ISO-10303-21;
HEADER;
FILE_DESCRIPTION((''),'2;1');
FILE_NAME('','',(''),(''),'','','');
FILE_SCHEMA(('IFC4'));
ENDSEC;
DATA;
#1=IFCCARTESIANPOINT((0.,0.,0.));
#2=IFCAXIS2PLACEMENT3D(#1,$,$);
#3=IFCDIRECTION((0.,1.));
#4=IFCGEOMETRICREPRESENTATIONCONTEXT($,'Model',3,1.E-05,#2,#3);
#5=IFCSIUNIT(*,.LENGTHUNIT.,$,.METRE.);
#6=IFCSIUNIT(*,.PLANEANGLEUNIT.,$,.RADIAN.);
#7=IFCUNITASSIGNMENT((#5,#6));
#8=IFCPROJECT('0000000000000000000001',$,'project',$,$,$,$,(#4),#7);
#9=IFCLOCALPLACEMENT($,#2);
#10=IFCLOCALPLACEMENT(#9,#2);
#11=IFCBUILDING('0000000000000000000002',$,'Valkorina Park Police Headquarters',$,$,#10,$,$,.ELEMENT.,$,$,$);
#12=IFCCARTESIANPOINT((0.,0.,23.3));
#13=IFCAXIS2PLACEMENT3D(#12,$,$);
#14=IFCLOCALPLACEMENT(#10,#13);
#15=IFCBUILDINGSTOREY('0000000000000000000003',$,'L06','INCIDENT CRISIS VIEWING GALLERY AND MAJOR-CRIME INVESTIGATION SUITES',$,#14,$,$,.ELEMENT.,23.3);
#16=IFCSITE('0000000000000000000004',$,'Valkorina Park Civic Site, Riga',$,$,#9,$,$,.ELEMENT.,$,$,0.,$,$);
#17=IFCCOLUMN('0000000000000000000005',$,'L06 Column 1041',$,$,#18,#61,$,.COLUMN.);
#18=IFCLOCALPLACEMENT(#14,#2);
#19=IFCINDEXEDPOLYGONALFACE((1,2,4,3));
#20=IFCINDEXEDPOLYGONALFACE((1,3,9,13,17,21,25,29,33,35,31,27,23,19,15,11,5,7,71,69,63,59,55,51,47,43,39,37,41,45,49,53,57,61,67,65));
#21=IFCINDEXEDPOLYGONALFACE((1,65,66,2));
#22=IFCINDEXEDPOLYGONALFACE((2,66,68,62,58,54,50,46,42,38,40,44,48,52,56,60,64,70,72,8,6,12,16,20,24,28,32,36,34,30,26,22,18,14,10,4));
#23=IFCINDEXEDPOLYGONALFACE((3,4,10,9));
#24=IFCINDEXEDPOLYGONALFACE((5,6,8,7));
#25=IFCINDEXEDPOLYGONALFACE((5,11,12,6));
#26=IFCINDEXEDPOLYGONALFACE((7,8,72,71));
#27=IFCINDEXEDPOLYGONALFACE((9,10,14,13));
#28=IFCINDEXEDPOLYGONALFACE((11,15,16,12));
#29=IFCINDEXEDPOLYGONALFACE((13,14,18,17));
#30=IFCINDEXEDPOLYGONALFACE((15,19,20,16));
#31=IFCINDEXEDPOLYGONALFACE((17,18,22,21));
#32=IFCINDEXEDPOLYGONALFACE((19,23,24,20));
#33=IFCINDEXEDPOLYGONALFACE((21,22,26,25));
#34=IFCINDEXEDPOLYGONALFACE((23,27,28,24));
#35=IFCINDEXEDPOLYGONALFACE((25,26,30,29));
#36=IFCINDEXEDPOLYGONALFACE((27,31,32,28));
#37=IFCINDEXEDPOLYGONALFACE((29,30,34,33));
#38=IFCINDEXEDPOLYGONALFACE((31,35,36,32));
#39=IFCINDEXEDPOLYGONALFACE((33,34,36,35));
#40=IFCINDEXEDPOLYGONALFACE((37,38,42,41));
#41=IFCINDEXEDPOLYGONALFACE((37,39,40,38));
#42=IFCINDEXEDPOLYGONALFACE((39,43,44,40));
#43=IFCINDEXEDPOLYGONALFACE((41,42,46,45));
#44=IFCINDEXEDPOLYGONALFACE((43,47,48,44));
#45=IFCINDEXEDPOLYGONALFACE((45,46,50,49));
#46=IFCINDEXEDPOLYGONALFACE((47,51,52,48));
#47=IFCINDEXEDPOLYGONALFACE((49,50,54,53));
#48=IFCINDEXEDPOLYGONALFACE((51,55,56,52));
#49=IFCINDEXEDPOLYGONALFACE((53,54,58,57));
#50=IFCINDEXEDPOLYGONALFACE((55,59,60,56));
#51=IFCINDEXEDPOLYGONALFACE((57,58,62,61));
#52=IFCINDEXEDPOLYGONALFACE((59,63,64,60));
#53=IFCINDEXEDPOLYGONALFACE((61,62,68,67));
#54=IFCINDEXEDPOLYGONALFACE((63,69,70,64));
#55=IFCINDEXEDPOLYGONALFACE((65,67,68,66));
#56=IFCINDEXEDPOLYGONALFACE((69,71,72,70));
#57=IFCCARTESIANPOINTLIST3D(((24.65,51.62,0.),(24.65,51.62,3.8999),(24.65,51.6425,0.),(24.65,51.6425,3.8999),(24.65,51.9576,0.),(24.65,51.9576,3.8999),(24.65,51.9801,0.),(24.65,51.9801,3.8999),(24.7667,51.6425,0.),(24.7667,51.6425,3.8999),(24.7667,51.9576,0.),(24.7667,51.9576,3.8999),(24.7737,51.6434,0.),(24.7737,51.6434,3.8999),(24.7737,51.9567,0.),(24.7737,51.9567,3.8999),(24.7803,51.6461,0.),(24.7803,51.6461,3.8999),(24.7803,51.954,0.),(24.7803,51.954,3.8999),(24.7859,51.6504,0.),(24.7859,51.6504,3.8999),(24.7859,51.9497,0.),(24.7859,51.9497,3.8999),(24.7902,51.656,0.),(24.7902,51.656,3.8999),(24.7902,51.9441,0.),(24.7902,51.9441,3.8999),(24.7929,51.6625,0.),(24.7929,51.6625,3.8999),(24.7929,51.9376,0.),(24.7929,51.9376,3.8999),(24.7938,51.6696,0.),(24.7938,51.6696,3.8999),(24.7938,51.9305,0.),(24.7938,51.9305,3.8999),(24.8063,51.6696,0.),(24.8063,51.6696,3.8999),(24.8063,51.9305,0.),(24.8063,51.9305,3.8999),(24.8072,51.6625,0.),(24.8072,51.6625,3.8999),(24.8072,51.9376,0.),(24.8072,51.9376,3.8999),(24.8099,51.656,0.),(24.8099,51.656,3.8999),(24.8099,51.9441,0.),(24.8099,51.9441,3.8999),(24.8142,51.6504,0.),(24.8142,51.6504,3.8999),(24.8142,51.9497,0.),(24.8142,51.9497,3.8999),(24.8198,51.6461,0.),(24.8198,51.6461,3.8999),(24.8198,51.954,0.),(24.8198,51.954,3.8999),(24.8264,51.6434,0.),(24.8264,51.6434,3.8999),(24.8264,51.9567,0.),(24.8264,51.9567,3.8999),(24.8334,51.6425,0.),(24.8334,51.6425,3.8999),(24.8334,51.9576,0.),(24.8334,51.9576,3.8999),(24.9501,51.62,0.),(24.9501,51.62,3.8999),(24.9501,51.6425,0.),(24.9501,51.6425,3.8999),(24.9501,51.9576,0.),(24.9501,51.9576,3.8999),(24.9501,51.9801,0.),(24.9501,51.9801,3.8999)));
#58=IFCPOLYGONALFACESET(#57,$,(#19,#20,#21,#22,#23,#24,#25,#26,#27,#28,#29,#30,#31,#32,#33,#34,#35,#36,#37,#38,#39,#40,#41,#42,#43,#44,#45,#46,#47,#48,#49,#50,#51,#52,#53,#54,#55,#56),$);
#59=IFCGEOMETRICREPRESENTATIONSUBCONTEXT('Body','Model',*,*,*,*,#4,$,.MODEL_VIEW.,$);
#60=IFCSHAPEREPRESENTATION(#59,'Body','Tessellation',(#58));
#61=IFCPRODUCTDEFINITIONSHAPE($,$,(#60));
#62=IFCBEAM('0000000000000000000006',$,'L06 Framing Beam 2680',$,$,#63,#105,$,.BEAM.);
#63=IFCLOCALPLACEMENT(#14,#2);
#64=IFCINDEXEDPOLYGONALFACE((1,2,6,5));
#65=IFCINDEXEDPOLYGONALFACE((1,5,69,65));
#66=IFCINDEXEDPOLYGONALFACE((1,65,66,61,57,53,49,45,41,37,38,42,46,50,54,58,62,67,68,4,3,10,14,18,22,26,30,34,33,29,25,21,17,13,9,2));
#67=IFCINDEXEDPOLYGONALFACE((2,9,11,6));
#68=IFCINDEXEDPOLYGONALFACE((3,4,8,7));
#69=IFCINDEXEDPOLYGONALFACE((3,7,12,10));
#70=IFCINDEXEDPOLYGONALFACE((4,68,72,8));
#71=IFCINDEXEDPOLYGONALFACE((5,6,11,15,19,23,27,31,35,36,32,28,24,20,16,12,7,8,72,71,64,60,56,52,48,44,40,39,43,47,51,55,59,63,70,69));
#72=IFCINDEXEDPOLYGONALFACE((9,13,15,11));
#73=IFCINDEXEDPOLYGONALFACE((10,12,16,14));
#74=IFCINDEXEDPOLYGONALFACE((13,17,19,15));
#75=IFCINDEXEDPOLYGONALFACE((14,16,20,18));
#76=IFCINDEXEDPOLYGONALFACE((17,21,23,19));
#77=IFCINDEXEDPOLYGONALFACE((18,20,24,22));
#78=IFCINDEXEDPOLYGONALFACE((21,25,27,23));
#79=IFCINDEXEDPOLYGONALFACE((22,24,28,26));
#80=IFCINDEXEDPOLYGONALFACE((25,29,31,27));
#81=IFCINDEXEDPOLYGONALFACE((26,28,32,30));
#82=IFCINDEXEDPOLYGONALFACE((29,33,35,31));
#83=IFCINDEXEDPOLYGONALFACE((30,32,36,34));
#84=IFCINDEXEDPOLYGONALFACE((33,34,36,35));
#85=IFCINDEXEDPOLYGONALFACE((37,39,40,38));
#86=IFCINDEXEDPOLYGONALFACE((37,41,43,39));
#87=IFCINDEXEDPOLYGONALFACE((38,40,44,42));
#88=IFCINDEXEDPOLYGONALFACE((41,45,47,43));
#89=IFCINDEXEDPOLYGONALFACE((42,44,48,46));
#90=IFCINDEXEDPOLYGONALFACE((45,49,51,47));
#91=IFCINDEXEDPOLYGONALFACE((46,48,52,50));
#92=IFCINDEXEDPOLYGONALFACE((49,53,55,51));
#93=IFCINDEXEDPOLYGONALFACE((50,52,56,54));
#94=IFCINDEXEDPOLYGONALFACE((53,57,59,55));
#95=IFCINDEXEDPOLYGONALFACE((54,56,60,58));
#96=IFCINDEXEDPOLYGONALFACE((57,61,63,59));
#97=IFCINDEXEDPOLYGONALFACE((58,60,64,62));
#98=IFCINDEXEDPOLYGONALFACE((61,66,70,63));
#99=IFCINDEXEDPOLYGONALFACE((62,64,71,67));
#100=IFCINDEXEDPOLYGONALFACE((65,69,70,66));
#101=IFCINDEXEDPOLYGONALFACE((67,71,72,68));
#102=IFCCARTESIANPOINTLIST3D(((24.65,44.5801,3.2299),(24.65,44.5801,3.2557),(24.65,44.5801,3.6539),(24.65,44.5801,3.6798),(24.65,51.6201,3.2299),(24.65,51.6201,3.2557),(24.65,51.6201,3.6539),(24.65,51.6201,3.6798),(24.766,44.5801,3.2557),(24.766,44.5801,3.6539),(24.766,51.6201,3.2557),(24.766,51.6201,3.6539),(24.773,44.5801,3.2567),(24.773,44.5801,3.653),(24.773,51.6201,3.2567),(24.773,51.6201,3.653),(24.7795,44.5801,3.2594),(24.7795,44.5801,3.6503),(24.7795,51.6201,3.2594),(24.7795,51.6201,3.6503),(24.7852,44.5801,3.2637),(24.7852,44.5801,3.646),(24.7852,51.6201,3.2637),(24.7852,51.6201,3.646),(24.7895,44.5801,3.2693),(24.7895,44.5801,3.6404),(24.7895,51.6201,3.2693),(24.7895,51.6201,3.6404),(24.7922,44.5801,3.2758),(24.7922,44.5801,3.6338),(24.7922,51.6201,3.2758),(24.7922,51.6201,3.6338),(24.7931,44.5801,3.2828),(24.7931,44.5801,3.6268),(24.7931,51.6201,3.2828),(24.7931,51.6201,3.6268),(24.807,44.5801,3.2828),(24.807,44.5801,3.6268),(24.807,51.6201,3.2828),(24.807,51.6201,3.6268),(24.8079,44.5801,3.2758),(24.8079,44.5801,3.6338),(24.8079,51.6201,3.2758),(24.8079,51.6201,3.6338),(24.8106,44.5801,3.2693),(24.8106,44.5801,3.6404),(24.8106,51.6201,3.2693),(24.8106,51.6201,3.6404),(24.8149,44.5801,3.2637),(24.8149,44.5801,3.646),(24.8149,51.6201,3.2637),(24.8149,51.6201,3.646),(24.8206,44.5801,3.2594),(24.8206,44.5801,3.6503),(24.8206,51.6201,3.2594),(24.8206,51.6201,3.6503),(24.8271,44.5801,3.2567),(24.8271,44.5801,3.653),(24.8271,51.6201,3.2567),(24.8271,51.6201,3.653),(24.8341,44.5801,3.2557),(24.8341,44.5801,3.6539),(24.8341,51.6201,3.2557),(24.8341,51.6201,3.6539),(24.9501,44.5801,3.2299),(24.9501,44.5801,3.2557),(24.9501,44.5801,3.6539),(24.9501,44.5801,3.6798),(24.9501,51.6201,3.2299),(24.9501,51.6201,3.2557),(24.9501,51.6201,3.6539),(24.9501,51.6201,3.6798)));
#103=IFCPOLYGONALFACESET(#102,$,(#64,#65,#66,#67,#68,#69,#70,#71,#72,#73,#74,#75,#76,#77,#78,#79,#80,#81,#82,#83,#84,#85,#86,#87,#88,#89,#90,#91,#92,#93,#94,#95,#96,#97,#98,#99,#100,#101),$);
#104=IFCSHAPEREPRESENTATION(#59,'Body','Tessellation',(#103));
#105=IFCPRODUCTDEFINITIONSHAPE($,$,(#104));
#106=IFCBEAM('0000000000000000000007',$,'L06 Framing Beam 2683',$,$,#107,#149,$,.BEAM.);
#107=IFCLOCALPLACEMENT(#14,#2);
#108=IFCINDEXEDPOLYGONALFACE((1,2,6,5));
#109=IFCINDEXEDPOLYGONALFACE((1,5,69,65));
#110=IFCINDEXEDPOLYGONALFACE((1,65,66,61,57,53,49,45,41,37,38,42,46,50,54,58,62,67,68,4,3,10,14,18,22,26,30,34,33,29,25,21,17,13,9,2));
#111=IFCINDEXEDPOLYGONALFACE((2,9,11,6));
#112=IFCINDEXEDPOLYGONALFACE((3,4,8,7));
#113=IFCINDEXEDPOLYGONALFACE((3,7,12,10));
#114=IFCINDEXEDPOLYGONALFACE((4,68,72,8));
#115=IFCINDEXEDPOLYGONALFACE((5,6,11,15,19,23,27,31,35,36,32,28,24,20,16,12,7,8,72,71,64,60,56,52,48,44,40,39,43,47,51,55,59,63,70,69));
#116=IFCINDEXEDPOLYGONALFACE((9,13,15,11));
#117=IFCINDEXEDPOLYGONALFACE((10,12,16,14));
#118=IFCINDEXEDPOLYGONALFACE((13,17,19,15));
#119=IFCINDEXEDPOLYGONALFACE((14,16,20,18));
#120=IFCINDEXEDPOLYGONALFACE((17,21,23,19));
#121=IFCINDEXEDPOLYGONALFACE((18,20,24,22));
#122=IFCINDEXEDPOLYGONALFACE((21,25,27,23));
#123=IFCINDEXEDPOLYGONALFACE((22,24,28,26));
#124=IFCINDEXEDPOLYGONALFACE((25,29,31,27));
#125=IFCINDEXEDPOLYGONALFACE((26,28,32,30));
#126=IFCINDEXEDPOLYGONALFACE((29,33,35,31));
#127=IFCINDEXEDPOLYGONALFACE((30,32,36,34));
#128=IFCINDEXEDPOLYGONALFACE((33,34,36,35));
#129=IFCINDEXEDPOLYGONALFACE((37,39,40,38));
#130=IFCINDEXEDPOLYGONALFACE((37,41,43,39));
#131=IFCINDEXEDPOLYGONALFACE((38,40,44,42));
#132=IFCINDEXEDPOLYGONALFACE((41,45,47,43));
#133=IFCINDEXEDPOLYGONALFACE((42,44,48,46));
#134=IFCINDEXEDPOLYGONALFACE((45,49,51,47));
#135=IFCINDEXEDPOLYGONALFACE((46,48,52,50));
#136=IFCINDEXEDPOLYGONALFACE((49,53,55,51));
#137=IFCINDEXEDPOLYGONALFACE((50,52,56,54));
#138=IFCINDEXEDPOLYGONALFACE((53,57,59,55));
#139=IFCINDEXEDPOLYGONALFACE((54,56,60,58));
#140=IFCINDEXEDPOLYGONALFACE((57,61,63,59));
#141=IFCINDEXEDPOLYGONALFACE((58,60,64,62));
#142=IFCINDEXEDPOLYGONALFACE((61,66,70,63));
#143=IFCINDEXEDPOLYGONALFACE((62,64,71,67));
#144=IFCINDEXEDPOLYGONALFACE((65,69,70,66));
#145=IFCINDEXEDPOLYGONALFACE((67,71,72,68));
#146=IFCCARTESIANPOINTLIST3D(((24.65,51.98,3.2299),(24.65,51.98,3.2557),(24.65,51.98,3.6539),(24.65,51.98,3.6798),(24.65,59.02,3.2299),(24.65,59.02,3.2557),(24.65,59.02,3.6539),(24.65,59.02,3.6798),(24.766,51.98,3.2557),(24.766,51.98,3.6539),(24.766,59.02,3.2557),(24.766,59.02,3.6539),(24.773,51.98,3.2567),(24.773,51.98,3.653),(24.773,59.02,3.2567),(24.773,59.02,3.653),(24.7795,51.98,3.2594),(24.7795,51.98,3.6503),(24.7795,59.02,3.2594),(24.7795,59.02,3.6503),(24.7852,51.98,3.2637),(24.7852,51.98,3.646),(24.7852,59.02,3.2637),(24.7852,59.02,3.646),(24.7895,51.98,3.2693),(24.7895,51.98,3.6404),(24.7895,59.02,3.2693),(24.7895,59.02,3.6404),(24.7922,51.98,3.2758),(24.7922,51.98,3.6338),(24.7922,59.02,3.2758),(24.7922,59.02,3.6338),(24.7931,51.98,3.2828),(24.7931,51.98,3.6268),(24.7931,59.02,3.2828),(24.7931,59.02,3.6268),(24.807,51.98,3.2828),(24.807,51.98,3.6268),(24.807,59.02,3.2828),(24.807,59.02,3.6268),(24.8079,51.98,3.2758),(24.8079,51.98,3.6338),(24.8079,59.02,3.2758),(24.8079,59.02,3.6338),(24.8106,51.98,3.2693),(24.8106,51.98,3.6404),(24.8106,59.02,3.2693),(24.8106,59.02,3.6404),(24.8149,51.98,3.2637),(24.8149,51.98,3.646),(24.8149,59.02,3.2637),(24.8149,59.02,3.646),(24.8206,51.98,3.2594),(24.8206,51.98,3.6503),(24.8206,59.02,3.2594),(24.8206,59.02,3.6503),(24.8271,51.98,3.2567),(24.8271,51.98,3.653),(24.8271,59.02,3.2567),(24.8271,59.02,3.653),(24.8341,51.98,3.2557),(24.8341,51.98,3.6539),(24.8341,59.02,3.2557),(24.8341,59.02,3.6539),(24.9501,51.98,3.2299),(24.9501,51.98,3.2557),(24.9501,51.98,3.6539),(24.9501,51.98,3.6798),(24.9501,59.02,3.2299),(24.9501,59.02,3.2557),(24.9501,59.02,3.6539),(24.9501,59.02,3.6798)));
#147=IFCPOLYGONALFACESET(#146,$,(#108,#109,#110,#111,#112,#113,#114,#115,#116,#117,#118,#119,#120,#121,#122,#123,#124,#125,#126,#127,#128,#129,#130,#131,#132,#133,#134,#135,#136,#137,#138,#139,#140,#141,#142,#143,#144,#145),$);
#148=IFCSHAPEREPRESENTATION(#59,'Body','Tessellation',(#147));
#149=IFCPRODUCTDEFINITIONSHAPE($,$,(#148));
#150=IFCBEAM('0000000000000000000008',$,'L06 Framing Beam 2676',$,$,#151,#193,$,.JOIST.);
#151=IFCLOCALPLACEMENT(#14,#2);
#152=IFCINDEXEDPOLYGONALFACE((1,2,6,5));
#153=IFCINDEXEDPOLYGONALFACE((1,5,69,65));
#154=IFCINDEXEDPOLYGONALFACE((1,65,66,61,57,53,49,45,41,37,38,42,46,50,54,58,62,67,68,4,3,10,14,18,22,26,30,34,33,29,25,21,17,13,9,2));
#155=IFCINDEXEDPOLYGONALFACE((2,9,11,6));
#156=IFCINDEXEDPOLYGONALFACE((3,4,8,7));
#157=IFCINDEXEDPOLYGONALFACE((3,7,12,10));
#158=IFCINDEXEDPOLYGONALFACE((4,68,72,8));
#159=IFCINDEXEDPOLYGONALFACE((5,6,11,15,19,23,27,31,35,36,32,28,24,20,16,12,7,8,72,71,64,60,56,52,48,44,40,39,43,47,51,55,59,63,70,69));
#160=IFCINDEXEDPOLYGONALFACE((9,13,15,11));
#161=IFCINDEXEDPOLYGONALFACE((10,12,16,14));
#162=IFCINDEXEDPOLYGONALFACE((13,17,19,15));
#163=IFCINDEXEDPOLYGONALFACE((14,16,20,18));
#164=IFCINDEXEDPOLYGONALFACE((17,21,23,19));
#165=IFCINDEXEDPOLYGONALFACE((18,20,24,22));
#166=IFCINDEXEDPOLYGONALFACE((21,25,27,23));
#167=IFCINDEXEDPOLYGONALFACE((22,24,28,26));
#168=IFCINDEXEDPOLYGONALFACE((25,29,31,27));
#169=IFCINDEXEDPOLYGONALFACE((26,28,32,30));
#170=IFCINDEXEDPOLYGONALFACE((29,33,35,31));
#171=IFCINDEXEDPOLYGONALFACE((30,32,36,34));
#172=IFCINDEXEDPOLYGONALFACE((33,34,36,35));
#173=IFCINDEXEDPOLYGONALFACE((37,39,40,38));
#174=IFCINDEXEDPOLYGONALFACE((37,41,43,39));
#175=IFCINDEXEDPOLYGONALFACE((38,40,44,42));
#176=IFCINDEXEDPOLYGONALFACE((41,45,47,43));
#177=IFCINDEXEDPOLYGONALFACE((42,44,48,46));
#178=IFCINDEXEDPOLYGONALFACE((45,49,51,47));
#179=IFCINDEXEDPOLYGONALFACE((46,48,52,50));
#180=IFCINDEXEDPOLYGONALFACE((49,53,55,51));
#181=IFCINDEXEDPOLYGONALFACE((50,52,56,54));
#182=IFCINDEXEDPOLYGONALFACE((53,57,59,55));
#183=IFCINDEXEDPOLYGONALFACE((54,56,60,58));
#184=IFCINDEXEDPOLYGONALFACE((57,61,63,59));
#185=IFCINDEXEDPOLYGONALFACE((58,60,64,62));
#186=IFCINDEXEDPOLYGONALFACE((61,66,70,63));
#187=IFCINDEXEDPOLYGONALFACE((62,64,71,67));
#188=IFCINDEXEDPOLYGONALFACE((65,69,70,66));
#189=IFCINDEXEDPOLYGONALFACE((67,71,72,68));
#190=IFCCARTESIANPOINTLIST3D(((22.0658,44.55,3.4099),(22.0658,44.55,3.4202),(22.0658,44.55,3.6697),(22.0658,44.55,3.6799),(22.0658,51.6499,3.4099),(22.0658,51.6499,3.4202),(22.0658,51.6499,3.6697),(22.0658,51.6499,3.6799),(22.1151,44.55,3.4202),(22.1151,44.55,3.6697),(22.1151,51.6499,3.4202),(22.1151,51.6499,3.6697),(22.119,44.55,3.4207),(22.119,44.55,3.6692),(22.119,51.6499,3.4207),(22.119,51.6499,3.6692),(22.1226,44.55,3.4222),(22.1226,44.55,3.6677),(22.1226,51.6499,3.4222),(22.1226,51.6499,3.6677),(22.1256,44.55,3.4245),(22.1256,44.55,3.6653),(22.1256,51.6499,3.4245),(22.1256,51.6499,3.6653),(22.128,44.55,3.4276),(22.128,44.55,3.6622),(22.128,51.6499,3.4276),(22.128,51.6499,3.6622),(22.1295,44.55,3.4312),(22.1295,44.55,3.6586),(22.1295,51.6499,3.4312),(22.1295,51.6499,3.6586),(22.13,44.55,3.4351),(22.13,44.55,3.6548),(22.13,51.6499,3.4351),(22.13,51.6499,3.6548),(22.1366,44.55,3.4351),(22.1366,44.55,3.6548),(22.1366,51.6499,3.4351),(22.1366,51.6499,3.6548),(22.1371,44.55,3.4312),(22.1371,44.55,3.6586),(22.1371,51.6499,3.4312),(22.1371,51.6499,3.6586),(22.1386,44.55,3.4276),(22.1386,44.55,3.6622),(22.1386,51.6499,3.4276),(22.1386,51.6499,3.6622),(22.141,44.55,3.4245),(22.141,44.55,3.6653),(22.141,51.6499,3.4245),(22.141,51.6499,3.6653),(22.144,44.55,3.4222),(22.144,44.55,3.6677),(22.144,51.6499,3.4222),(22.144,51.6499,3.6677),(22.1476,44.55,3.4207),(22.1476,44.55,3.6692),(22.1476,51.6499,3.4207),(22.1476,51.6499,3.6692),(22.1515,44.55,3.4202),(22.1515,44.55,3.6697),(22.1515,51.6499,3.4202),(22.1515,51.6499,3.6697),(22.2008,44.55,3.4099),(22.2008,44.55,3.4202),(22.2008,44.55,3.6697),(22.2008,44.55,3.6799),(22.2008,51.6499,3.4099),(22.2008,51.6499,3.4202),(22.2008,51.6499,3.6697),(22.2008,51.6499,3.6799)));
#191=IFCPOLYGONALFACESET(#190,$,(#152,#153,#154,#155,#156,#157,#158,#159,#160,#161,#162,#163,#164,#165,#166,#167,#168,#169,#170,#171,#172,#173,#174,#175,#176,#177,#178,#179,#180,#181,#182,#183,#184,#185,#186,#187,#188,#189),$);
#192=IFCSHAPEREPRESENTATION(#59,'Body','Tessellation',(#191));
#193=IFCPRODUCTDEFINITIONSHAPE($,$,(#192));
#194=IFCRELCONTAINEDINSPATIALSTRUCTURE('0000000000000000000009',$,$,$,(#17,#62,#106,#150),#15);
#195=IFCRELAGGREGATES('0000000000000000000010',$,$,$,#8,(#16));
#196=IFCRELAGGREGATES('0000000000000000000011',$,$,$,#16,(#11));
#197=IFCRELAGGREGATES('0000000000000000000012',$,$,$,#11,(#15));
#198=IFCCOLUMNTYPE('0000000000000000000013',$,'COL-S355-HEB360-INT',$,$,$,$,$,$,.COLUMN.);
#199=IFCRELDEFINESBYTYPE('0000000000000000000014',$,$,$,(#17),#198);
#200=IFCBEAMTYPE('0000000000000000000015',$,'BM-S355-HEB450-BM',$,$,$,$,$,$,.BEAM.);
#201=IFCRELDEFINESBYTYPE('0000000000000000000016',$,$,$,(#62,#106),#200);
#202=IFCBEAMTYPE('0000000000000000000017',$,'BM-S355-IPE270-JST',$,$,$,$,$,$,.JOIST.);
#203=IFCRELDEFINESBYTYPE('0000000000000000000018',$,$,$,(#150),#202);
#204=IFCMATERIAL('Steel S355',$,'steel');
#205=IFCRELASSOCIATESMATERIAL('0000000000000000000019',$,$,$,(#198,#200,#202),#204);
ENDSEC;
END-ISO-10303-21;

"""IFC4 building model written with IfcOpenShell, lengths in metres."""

from ifc_helpers import new_model, si_unit, direction, frame, origin, origin_2d, place, context, subcontext, project, spatial, i_section, extrude, material, material_profile, profile_set, type_object, element, save


model = new_model("IFC4")

# Units and contexts
model_context = context("Model", 3, precision=1e-05, world=origin(), true_north=direction((0.0, 1.0)))
body_context = subcontext(model_context, "Body", "Model", "MODEL_VIEW")
ifc_project = project(units=[si_unit("LENGTHUNIT", "METRE"), si_unit("PLANEANGLEUNIT", "RADIAN")], contexts=[model_context])

# Site, building, storey
site_placement = place(None, origin())
site = spatial("IfcSite", under=ifc_project, at=site_placement, Name="Valkorina Park Civic Site, Riga", CompositionType="ELEMENT", RefElevation=0.0)
building_placement = place(site_placement, origin())
building = spatial("IfcBuilding", under=site, at=building_placement, Name="Valkorina Park Police Headquarters", CompositionType="ELEMENT")
storey_placement = place(building_placement, frame((0.0, 0.0, 23.3)))
storey = spatial("IfcBuildingStorey", under=building, at=storey_placement, Name="L06", Description="INCIDENT CRISIS VIEWING GALLERY AND MAJOR-CRIME INVESTIGATION SUITES", CompositionType="ELEMENT", Elevation=23.3)

# Column
ifc_material_1 = material(Name="Steel S355", Category="steel")
ifc_material_profile_1 = material_profile(ifc_material_1, i_section(OverallWidth=0.3, OverallDepth=0.3601, WebThickness=0.0125, FlangeThickness=0.0225, FilletRadius=0.0271, at=origin_2d()), Name="HEB 360")
ifc_profile_set_1 = profile_set([ifc_material_profile_1], Name="Steel S355")
column_type = type_object("IfcColumnType", Name="COL-S355-HEB360-INT", PredefinedType="COLUMN", material=ifc_profile_set_1)
column_placement = place(storey_placement, frame((24.8, 51.8, 0.0), z_axis=(0.0, 0.0, 1.0), x_axis=(1.0, 0.0, 0.0)))
element("IfcColumn", 1, at=column_placement, inside=storey, type_object=column_type, Name="L06 Column 1041", PredefinedType="COLUMN", context=body_context, shape_type="SweptSolid", body=[
    extrude(i_section(OverallWidth=0.3, OverallDepth=0.3601, WebThickness=0.0125, FlangeThickness=0.0225, FilletRadius=0.0271, at=origin_2d()), origin(), (0.0, 0.0, 1.0), 3.8999),
])

# Beams
ifc_material_profile_2 = material_profile(ifc_material_1, i_section(OverallWidth=0.3, OverallDepth=0.45, WebThickness=0.0139, FlangeThickness=0.0259, FilletRadius=0.0271, at=origin_2d()), Name="HEB 450")
ifc_profile_set_2 = profile_set([ifc_material_profile_2], Name="Steel S355")
beam_type_1 = type_object("IfcBeamType", Name="BM-S355-HEB450-BM", PredefinedType="BEAM", material=ifc_profile_set_2)
for number, where, z_axis, x_axis, name in (
    (2, (24.8, 44.5801, 3.4548), (0.0, 1.0, 0.0), (-1.0, 0.0, 0.0), "L06 Framing Beam 2680"),
    (3, (24.8, 51.98, 3.4548), (0.0, 1.0, 0.0), (-1.0, 0.0, 0.0), "L06 Framing Beam 2683"),
):
    element("IfcBeam", number, at=place(storey_placement, frame(where, z_axis=z_axis, x_axis=x_axis)), inside=storey, type_object=beam_type_1, Name=name, PredefinedType="BEAM", context=body_context, shape_type="SweptSolid", body=[
        extrude(i_section(OverallWidth=0.3, OverallDepth=0.45, WebThickness=0.0139, FlangeThickness=0.0259, FilletRadius=0.0271, at=origin_2d()), origin(), (0.0, 0.0, 1.0), 7.04),
    ])
ifc_material_profile_3 = material_profile(ifc_material_1, i_section(OverallWidth=0.135, OverallDepth=0.27, WebThickness=0.0066, FlangeThickness=0.0103, FilletRadius=0.0149, at=origin_2d()), Name="IPE 270")
ifc_profile_set_3 = profile_set([ifc_material_profile_3], Name="Steel S355")
beam_type_2 = type_object("IfcBeamType", Name="BM-S355-IPE270-JST", PredefinedType="JOIST", material=ifc_profile_set_3)
beam_1_placement = place(storey_placement, frame((22.1333, 44.55, 3.5449), z_axis=(0.0, 1.0, 0.0), x_axis=(-1.0, 0.0, 0.0)))
element("IfcBeam", 4, at=beam_1_placement, inside=storey, type_object=beam_type_2, Name="L06 Framing Beam 2676", PredefinedType="JOIST", context=body_context, shape_type="SweptSolid", body=[
    extrude(i_section(OverallWidth=0.135, OverallDepth=0.27, WebThickness=0.0066, FlangeThickness=0.0103, FilletRadius=0.0149, at=origin_2d()), origin(), (0.0, 0.0, 1.0), 7.0999),
])

save(model, "model.ifc")
